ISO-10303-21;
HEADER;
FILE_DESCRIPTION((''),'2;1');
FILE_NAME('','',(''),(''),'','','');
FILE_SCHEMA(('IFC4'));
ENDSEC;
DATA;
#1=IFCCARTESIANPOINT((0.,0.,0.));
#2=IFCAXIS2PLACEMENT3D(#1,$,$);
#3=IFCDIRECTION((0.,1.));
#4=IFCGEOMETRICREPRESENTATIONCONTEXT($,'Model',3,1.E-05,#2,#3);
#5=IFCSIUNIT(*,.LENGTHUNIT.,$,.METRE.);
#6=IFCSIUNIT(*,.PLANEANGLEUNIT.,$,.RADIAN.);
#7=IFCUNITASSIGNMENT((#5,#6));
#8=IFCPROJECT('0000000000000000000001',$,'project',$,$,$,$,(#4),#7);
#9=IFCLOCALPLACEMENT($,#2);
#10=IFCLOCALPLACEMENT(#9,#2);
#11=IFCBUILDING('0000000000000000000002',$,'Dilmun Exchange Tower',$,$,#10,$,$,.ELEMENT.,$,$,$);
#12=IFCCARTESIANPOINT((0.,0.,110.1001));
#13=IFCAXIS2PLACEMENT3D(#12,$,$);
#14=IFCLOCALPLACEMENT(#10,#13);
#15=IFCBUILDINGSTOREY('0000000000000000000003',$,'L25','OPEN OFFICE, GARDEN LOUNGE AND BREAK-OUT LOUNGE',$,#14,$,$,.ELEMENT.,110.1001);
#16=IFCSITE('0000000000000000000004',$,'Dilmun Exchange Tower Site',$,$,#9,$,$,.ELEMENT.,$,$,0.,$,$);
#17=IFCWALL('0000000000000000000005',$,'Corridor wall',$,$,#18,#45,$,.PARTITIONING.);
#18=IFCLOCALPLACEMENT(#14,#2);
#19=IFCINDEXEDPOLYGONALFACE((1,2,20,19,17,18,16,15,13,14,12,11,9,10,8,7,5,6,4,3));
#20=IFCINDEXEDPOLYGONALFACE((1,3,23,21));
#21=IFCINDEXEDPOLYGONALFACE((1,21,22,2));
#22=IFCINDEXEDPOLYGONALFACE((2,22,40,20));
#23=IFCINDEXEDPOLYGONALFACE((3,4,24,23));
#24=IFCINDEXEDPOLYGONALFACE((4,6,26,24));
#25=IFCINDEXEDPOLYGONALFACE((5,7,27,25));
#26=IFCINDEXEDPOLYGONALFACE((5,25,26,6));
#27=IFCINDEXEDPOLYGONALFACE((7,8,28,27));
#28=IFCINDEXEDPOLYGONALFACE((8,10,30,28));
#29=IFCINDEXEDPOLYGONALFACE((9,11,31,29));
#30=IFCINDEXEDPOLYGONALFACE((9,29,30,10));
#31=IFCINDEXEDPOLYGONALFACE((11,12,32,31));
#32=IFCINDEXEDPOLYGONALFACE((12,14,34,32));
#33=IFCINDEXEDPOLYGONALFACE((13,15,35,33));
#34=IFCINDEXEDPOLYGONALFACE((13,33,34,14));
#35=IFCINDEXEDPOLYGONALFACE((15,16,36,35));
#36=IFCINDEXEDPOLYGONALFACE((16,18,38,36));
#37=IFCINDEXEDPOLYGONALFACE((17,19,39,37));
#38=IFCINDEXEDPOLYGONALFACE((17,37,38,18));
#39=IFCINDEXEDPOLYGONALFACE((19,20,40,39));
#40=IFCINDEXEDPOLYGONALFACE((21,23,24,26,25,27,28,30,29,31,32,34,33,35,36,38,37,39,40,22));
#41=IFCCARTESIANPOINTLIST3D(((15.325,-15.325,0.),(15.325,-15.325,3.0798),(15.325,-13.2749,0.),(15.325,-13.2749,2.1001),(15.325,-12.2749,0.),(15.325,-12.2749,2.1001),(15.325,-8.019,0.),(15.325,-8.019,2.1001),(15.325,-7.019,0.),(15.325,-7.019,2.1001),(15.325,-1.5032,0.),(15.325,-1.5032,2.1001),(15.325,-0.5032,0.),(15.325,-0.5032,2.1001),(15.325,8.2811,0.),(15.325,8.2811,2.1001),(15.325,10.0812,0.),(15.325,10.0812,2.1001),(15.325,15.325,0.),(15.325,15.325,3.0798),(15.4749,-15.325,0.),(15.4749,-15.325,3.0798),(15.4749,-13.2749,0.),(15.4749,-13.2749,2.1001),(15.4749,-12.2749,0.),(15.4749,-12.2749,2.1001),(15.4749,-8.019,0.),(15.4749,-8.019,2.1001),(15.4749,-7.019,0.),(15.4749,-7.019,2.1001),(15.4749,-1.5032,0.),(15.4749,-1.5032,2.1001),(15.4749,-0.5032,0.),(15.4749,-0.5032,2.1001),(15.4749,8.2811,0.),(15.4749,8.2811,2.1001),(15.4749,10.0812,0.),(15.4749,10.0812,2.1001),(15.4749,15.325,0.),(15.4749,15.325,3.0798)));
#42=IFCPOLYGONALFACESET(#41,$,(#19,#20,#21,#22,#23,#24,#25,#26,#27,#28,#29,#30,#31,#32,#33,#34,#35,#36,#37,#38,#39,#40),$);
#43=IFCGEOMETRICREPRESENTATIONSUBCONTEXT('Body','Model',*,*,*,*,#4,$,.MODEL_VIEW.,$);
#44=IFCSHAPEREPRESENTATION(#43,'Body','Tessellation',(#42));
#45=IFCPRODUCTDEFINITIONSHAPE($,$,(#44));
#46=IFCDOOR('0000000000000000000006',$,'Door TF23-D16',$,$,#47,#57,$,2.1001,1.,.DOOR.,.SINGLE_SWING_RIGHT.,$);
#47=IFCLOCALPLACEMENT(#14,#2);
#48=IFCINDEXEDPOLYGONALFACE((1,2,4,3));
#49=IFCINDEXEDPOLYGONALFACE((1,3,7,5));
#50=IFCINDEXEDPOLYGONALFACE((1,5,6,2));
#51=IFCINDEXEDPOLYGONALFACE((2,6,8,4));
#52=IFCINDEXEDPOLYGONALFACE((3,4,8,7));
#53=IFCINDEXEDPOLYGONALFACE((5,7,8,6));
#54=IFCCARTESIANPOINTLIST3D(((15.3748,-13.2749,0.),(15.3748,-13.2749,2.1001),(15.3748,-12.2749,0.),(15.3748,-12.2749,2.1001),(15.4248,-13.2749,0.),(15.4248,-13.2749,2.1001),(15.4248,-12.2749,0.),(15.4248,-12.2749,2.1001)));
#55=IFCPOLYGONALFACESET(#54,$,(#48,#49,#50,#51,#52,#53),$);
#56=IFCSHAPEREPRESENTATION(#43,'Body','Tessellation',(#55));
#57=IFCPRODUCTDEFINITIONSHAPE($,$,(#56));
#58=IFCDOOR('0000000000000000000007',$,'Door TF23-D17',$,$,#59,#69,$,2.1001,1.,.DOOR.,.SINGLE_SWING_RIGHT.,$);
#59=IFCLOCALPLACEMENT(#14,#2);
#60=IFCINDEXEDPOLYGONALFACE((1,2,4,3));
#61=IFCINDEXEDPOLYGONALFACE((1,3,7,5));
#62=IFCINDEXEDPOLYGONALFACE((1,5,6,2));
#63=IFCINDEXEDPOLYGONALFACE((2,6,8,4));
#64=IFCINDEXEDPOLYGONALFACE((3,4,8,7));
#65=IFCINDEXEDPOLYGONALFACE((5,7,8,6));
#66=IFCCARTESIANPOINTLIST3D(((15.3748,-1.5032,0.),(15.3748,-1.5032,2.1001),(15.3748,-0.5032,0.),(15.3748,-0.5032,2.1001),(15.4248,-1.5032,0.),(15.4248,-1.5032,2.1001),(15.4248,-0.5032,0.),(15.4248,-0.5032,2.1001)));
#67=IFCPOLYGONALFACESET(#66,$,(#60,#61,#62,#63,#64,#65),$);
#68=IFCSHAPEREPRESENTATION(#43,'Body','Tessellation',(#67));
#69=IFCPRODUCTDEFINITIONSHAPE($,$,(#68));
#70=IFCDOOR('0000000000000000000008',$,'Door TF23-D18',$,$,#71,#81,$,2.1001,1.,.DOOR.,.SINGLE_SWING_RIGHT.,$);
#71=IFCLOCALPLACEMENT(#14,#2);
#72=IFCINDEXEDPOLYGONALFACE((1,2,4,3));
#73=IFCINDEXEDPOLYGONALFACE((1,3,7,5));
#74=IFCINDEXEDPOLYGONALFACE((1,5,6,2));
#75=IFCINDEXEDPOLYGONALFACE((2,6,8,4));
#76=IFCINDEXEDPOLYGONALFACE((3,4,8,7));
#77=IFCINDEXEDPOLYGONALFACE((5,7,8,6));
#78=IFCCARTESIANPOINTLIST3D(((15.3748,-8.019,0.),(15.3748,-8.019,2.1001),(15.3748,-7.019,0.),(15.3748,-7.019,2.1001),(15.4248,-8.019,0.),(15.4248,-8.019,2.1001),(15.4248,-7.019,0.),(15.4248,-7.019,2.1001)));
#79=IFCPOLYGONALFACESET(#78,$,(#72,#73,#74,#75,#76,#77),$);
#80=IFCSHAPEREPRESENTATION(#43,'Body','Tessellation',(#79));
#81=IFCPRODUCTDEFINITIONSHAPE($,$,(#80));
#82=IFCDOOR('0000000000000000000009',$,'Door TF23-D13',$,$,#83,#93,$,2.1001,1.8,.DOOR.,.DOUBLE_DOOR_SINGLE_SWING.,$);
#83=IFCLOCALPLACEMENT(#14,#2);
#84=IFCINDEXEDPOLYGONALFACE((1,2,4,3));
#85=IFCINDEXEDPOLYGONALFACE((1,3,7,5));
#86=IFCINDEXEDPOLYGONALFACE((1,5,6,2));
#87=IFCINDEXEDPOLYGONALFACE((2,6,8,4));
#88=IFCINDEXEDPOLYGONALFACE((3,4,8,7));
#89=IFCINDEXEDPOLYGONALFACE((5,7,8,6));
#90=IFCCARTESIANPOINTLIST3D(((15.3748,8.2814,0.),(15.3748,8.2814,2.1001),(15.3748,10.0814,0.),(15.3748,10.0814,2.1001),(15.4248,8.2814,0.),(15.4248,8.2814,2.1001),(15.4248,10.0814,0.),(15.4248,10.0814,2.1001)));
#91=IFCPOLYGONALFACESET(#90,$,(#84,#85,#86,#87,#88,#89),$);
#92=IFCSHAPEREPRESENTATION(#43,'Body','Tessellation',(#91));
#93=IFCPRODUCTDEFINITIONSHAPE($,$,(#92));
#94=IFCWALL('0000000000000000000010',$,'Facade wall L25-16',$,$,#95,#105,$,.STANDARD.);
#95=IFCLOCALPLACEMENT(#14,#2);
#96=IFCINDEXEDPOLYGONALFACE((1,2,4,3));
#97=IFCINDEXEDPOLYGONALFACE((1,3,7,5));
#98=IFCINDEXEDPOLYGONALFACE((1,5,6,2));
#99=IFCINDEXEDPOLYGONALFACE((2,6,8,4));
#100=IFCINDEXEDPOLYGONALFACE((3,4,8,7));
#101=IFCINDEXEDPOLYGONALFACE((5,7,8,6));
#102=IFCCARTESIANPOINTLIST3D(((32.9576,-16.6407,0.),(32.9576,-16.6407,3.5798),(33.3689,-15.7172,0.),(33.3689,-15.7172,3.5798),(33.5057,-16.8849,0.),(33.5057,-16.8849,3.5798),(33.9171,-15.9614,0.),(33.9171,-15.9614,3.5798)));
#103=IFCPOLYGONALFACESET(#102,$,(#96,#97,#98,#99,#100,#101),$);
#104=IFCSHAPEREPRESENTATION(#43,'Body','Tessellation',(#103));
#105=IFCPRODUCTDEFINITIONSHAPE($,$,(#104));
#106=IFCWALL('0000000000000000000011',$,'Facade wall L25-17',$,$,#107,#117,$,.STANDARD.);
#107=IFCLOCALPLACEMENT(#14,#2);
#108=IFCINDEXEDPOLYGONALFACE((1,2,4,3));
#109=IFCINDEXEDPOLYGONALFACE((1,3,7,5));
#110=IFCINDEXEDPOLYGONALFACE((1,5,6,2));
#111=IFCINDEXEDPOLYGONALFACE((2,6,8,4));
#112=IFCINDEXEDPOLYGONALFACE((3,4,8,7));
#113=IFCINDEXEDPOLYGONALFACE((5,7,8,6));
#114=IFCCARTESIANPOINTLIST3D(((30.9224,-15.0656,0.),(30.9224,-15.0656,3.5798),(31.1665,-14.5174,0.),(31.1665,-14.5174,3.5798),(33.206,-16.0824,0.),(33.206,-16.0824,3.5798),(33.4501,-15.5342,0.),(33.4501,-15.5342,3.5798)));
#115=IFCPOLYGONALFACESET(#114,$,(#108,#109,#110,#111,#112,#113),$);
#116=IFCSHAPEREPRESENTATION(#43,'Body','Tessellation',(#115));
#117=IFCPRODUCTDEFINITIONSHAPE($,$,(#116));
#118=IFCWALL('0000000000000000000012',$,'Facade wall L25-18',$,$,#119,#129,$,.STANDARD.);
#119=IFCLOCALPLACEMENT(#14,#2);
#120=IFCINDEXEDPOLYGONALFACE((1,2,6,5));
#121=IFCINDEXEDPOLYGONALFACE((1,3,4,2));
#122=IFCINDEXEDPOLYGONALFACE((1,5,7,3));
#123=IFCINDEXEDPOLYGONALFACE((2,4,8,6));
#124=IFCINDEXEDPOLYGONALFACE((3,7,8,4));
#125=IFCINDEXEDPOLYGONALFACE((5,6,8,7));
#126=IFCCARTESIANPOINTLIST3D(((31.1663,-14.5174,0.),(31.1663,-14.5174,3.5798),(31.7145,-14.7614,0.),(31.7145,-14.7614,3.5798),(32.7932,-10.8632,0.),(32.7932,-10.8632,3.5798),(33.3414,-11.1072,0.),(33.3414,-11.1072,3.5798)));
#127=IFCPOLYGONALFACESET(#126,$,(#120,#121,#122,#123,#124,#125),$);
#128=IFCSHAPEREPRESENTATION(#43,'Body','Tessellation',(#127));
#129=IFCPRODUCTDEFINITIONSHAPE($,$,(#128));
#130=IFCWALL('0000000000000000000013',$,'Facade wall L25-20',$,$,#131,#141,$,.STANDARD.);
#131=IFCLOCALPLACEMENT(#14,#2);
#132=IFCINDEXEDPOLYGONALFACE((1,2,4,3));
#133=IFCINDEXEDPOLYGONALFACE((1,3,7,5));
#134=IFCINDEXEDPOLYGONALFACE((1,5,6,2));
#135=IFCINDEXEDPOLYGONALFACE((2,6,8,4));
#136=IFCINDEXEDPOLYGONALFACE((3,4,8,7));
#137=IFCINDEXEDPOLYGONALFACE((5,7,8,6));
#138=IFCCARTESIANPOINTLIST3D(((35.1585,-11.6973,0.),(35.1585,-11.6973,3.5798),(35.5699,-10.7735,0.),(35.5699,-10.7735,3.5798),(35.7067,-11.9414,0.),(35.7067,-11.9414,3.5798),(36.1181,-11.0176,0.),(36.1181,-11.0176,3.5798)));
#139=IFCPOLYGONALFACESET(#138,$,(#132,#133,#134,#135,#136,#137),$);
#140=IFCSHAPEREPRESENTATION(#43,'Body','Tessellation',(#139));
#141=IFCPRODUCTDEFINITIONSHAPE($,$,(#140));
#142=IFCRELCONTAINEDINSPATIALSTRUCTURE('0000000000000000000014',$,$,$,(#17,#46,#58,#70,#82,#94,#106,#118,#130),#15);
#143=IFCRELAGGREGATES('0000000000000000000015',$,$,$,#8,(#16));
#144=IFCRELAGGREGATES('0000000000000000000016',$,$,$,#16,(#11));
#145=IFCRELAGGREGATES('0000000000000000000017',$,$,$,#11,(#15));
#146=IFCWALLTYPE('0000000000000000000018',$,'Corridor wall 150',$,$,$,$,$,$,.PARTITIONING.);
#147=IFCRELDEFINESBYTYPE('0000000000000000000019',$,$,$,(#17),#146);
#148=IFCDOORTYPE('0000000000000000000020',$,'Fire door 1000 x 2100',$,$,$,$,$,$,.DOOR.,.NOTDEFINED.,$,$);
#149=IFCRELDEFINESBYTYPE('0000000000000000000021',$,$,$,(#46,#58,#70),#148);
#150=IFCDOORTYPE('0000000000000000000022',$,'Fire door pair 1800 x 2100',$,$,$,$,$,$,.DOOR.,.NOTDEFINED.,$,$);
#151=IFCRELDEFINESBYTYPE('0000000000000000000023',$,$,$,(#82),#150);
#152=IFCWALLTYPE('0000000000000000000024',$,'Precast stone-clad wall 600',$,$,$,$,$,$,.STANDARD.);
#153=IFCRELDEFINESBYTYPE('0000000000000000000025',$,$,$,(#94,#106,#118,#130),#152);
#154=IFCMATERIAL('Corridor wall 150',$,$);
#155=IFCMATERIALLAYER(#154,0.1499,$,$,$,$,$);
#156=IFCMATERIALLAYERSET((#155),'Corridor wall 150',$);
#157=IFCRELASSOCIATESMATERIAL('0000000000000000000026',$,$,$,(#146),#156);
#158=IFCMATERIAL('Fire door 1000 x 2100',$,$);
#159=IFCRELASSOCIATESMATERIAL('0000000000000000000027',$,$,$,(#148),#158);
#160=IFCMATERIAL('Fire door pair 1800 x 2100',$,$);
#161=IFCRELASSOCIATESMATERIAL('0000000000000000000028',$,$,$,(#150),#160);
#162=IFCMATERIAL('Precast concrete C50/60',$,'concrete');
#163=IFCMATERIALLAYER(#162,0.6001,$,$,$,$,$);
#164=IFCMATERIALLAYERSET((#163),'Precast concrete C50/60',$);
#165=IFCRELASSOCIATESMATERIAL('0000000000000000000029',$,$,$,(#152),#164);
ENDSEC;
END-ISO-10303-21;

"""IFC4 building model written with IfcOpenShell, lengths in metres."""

from ifc_helpers import new_model, si_unit, direction, frame, frame_2d, origin, place, context, subcontext, project, spatial, rectangle, extrude, material, layer, layer_set, type_object, element, fill, save


model = new_model("IFC4")

# Units and contexts
model_context = context("Model", 3, precision=1e-05, world=origin(), true_north=direction((0.0, 1.0)))
body_context = subcontext(model_context, "Body", "Model", "MODEL_VIEW")
ifc_project = project(units=[si_unit("LENGTHUNIT", "METRE"), si_unit("PLANEANGLEUNIT", "RADIAN")], contexts=[model_context])

# Site, building, storey
site_placement = place(None, origin())
site = spatial("IfcSite", under=ifc_project, at=site_placement, Name="Dilmun Exchange Tower Site", CompositionType="ELEMENT", RefElevation=0.0)
building_placement = place(site_placement, origin())
building = spatial("IfcBuilding", under=site, at=building_placement, Name="Dilmun Exchange Tower", CompositionType="ELEMENT")
storey_placement = place(building_placement, frame((0.0, 0.0, 110.1001)))
storey = spatial("IfcBuildingStorey", under=building, at=storey_placement, Name="L25", Description="OPEN OFFICE, GARDEN LOUNGE AND BREAK-OUT LOUNGE", CompositionType="ELEMENT", Elevation=110.1001)

# Wall, openings, doors
ifc_material_1 = material(Name="Corridor wall 150")
ifc_layer_1 = layer(ifc_material_1, 0.1499)
ifc_layer_set_1 = layer_set([ifc_layer_1], Name="Corridor wall 150")
wall_type_1 = type_object("IfcWallType", Name="Corridor wall 150", PredefinedType="PARTITIONING", material=ifc_layer_set_1)
wall_1_placement = place(storey_placement, frame((15.3999, -15.325, 0.0), z_axis=(0.0, 0.0, 1.0), x_axis=(0.0, 1.0, 0.0)))
wall_1 = element("IfcWall", 1, at=wall_1_placement, inside=storey, type_object=wall_type_1, Name="Corridor wall", PredefinedType="PARTITIONING", context=body_context, shape_type="SweptSolid", body=[
    extrude(rectangle(XDim=30.6499, YDim=0.1499, at=frame_2d((15.325, 0.0))), origin(), (0.0, 0.0, 1.0), 3.0798),
])
opening_1_placement = place(wall_1_placement, frame((23.6062, 0.0, 0.0)))
opening_1 = element("IfcOpeningElement", 2, at=opening_1_placement, cuts=wall_1, PredefinedType="OPENING", context=body_context, shape_type="SweptSolid", body=[
    extrude(rectangle(XDim=1.8, YDim=2.1001, at=frame_2d((0.8999, 1.05))), frame((0.0, 0.085, 0.0), z_axis=(0.0, -1.0, 0.0), x_axis=(1.0, 0.0, 0.0)), (0.0, 0.0, 1.0), 0.1699),
])
opening_2_placement = place(wall_1_placement, frame((2.05, 0.0, 0.0)))
opening_2 = element("IfcOpeningElement", 3, at=opening_2_placement, cuts=wall_1, PredefinedType="OPENING", context=body_context, shape_type="SweptSolid", body=[
    extrude(rectangle(XDim=1.0, YDim=2.1001, at=frame_2d((0.5, 1.05))), frame((0.0, 0.085, 0.0), z_axis=(0.0, -1.0, 0.0), x_axis=(1.0, 0.0, 0.0)), (0.0, 0.0, 1.0), 0.1699),
])
opening_3_placement = place(wall_1_placement, frame((13.8218, 0.0, 0.0)))
opening_3 = element("IfcOpeningElement", 4, at=opening_3_placement, cuts=wall_1, PredefinedType="OPENING", context=body_context, shape_type="SweptSolid", body=[
    extrude(rectangle(XDim=1.0, YDim=2.1001, at=frame_2d((0.5, 1.05))), frame((0.0, 0.085, 0.0), z_axis=(0.0, -1.0, 0.0), x_axis=(1.0, 0.0, 0.0)), (0.0, 0.0, 1.0), 0.1699),
])
opening_4_placement = place(wall_1_placement, frame((7.3059, 0.0, 0.0)))
opening_4 = element("IfcOpeningElement", 5, at=opening_4_placement, cuts=wall_1, PredefinedType="OPENING", context=body_context, shape_type="SweptSolid", body=[
    extrude(rectangle(XDim=1.0, YDim=2.1001, at=frame_2d((0.5, 1.05))), frame((0.0, 0.085, 0.0), z_axis=(0.0, -1.0, 0.0), x_axis=(1.0, 0.0, 0.0)), (0.0, 0.0, 1.0), 0.1699),
])
ifc_material_2 = material(Name="Fire door 1000 x 2100")
door_type_1 = type_object("IfcDoorType", Name="Fire door 1000 x 2100", OperationType="NOTDEFINED", PredefinedType="DOOR", material=ifc_material_2)
door_1_placement = place(opening_2_placement, frame((1.0, 0.0, 0.0), z_axis=(0.0, 0.0, 1.0), x_axis=(-1.0, 0.0, 0.0)))
door_1 = element("IfcDoor", 6, at=door_1_placement, inside=storey, type_object=door_type_1, Name="Door TF23-D16", OperationType="SINGLE_SWING_RIGHT", OverallHeight=2.1001, OverallWidth=1.0, PredefinedType="DOOR", context=body_context, shape_type="SweptSolid", body=[
    extrude(rectangle(XDim=1.0, YDim=2.1001, at=frame_2d((0.5, 1.05))), frame((0.0, 0.0249, 0.0), z_axis=(0.0, -1.0, 0.0), x_axis=(1.0, 0.0, 0.0)), (0.0, 0.0, 1.0), 0.05),
])
fill(opening_2, door_1)
door_2_placement = place(opening_3_placement, frame((1.0, 0.0, 0.0), z_axis=(0.0, 0.0, 1.0), x_axis=(-1.0, 0.0, 0.0)))
door_2 = element("IfcDoor", 7, at=door_2_placement, inside=storey, type_object=door_type_1, Name="Door TF23-D17", OperationType="SINGLE_SWING_RIGHT", OverallHeight=2.1001, OverallWidth=1.0, PredefinedType="DOOR", context=body_context, shape_type="SweptSolid", body=[
    extrude(rectangle(XDim=1.0, YDim=2.1001, at=frame_2d((0.5, 1.05))), frame((0.0, 0.0249, 0.0), z_axis=(0.0, -1.0, 0.0), x_axis=(1.0, 0.0, 0.0)), (0.0, 0.0, 1.0), 0.05),
])
fill(opening_3, door_2)
door_3_placement = place(opening_4_placement, frame((1.0, 0.0, 0.0), z_axis=(0.0, 0.0, 1.0), x_axis=(-1.0, 0.0, 0.0)))
door_3 = element("IfcDoor", 8, at=door_3_placement, inside=storey, type_object=door_type_1, Name="Door TF23-D18", OperationType="SINGLE_SWING_RIGHT", OverallHeight=2.1001, OverallWidth=1.0, PredefinedType="DOOR", context=body_context, shape_type="SweptSolid", body=[
    extrude(rectangle(XDim=1.0, YDim=2.1001, at=frame_2d((0.5, 1.05))), frame((0.0, 0.0249, 0.0), z_axis=(0.0, -1.0, 0.0), x_axis=(1.0, 0.0, 0.0)), (0.0, 0.0, 1.0), 0.05),
])
fill(opening_4, door_3)
ifc_material_3 = material(Name="Fire door pair 1800 x 2100")
door_type_2 = type_object("IfcDoorType", Name="Fire door pair 1800 x 2100", OperationType="NOTDEFINED", PredefinedType="DOOR", material=ifc_material_3)
door_4_placement = place(opening_1_placement, frame((1.8, 0.0, 0.0), z_axis=(0.0, 0.0, 1.0), x_axis=(-1.0, 0.0, 0.0)))
door_4 = element("IfcDoor", 9, at=door_4_placement, inside=storey, type_object=door_type_2, Name="Door TF23-D13", OperationType="DOUBLE_DOOR_SINGLE_SWING", OverallHeight=2.1001, OverallWidth=1.8, PredefinedType="DOOR", context=body_context, shape_type="SweptSolid", body=[
    extrude(rectangle(XDim=1.8, YDim=2.1001, at=frame_2d((0.8999, 1.05))), frame((0.0, 0.0249, 0.0), z_axis=(0.0, -1.0, 0.0), x_axis=(1.0, 0.0, 0.0)), (0.0, 0.0, 1.0), 0.05),
])
fill(opening_1, door_4)

# Walls
ifc_material_4 = material(Name="Precast concrete C50/60", Category="concrete")
ifc_layer_2 = layer(ifc_material_4, 0.6001)
ifc_layer_set_2 = layer_set([ifc_layer_2], Name="Precast concrete C50/60")
wall_type_2 = type_object("IfcWallType", Name="Precast stone-clad wall 600", PredefinedType="STANDARD", material=ifc_layer_set_2)
wall_2_placement = place(storey_placement, frame((33.2317, -16.7627, 0.0), z_axis=(0.0, 0.0, 1.0), x_axis=(0.406878, 0.913483, 0.0)))
element("IfcWall", 10, at=wall_2_placement, inside=storey, type_object=wall_type_2, Name="Facade wall L25-16", PredefinedType="STANDARD", context=body_context, shape_type="SweptSolid", body=[
    extrude(rectangle(XDim=1.011, YDim=0.6001, at=frame_2d((0.5054, 0.0))), origin(), (0.0, 0.0, 1.0), 3.5798),
])
wall_3_placement = place(storey_placement, frame((33.3281, -15.8083, 0.0), z_axis=(0.0, 0.0, 1.0), x_axis=(-0.913533, 0.406764, 0.0)))
element("IfcWall", 11, at=wall_3_placement, inside=storey, type_object=wall_type_2, Name="Facade wall L25-17", PredefinedType="STANDARD", context=body_context, shape_type="SweptSolid", body=[
    extrude(rectangle(XDim=2.4998, YDim=0.6001, at=frame_2d((1.25, 0.0))), origin(), (0.0, 0.0, 1.0), 3.5798),
])
wall_4_placement = place(storey_placement, frame((31.4404, -14.6394, 0.0), z_axis=(0.0, 0.0, 1.0), x_axis=(0.406727, 0.91355, 0.0)))
element("IfcWall", 12, at=wall_4_placement, inside=storey, type_object=wall_type_2, Name="Facade wall L25-18", PredefinedType="STANDARD", context=body_context, shape_type="SweptSolid", body=[
    extrude(rectangle(XDim=4.0, YDim=0.6001, at=frame_2d((2.0, 0.0))), origin(), (0.0, 0.0, 1.0), 3.5798),
])
wall_5_placement = place(storey_placement, frame((35.4326, -11.8193, 0.0), z_axis=(0.0, 0.0, 1.0), x_axis=(0.406788, 0.913523, 0.0)))
element("IfcWall", 13, at=wall_5_placement, inside=storey, type_object=wall_type_2, Name="Facade wall L25-20", PredefinedType="STANDARD", context=body_context, shape_type="SweptSolid", body=[
    extrude(rectangle(XDim=1.0112, YDim=0.6001, at=frame_2d((0.5056, 0.0))), origin(), (0.0, 0.0, 1.0), 3.5798),
])

save(model, "model.ifc")
